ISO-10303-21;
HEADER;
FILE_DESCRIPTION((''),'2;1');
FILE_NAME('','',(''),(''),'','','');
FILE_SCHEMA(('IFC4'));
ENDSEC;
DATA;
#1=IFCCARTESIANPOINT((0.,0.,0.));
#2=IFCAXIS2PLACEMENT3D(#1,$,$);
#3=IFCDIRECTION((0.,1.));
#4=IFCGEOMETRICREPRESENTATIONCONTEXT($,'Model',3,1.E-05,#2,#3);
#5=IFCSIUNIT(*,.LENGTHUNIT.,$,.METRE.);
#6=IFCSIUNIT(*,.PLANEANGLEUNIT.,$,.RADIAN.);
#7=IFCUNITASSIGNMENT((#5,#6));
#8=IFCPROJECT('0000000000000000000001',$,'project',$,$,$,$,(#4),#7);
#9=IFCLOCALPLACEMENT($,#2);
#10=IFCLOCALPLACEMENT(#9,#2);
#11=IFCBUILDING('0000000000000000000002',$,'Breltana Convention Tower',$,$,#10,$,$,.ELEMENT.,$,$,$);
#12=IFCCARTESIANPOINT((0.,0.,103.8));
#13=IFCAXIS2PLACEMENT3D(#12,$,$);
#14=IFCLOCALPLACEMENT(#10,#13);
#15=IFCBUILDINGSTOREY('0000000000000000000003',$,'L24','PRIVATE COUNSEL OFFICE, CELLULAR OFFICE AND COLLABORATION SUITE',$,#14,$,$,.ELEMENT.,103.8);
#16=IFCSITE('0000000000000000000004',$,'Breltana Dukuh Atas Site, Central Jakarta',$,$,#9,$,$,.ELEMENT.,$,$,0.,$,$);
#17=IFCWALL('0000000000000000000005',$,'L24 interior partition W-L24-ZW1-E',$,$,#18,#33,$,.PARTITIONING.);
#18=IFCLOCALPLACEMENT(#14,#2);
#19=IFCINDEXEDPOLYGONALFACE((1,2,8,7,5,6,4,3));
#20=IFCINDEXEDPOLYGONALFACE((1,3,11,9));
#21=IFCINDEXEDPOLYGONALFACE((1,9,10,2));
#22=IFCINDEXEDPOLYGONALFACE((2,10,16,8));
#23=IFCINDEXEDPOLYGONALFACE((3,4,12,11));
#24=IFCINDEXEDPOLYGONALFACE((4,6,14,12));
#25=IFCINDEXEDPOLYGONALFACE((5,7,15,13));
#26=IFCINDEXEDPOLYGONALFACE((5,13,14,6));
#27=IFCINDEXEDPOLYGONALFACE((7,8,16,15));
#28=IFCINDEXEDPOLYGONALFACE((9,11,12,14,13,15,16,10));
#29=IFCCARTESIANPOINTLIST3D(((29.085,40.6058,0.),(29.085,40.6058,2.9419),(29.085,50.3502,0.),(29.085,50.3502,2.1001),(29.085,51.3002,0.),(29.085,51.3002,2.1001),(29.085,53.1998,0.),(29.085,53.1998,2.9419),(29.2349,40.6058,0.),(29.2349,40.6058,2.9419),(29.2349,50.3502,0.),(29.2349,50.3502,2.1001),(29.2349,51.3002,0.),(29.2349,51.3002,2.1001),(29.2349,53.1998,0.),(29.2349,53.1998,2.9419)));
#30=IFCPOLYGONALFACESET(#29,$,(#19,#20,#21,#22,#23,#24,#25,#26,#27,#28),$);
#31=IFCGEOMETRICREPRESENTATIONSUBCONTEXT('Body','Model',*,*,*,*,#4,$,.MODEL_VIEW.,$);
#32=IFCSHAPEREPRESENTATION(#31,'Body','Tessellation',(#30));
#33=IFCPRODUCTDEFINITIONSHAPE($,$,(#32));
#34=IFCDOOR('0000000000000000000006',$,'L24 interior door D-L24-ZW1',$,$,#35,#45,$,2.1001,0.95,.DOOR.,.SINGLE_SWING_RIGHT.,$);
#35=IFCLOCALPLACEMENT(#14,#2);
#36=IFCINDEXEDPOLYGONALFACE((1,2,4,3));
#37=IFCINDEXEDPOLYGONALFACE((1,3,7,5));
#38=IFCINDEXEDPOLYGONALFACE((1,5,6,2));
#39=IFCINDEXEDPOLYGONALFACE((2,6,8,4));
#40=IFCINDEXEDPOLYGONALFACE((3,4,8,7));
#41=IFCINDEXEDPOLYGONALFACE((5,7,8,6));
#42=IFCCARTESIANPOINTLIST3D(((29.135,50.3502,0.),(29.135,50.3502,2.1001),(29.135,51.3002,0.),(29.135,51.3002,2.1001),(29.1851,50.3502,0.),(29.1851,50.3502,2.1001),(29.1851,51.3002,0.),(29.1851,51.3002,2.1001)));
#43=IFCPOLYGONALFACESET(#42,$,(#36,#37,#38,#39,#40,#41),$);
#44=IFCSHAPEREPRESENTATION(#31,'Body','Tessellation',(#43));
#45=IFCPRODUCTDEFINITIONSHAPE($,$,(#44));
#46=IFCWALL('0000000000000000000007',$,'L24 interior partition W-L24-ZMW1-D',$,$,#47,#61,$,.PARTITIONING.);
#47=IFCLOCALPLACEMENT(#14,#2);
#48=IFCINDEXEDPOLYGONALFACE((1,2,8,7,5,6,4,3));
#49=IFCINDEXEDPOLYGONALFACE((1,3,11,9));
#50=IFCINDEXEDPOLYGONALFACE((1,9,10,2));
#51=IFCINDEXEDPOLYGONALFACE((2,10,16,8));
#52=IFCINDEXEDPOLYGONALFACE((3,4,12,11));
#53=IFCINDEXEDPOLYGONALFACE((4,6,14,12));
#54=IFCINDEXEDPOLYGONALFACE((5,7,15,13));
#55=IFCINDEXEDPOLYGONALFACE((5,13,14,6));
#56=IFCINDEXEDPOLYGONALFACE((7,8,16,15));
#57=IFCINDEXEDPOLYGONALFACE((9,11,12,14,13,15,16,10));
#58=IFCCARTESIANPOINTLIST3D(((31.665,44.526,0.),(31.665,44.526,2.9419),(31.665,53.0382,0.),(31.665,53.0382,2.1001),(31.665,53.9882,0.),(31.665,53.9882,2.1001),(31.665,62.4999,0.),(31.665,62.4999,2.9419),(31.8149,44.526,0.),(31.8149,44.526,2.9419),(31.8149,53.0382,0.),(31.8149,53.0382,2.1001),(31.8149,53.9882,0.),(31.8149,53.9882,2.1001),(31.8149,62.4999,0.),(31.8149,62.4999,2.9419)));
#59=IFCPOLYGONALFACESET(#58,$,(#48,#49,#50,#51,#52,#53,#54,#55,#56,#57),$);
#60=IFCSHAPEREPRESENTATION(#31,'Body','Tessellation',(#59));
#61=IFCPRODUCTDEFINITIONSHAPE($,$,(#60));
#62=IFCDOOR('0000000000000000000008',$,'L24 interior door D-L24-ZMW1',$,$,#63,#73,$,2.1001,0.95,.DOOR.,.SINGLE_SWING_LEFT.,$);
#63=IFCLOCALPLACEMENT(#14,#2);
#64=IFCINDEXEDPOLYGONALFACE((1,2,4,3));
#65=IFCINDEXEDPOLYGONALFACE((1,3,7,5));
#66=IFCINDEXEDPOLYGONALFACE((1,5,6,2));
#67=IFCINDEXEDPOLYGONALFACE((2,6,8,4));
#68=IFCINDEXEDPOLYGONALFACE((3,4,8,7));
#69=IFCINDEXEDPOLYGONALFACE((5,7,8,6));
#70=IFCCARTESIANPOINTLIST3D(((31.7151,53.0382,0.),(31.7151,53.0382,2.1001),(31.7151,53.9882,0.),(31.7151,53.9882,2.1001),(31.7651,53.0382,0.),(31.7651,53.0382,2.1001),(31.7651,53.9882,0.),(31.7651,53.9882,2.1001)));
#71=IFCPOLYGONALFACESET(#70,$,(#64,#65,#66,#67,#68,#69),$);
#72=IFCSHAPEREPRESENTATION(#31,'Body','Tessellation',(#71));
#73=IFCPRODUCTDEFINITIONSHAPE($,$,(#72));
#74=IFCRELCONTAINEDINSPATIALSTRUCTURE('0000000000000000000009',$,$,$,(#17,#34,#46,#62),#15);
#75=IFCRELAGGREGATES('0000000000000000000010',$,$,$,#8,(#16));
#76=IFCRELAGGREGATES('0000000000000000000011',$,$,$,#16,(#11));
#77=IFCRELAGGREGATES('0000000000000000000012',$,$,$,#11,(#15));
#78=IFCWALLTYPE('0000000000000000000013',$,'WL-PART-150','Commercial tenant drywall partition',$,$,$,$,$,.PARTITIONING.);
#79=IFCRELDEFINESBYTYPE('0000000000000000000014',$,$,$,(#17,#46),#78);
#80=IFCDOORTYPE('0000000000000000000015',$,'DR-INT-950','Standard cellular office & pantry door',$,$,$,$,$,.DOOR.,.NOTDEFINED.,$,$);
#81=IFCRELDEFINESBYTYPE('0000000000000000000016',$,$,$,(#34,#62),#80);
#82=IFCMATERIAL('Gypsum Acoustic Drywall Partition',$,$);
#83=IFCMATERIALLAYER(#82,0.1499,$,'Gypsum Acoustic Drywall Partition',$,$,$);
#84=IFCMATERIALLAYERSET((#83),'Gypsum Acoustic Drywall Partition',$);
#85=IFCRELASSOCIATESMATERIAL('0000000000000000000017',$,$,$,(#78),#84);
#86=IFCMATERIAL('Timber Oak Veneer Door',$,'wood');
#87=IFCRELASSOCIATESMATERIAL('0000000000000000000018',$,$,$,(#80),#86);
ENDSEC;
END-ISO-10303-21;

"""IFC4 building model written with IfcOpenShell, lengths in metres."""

from ifc_helpers import new_model, si_unit, direction, frame, frame_2d, origin, place, context, subcontext, project, spatial, rectangle, extrude, source, transform, mapped, material, layer, layer_set, type_object, type_shapes, element, fill, save


model = new_model("IFC4")

# Units and contexts
model_context = context("Model", 3, precision=1e-05, world=origin(), true_north=direction((0.0, 1.0)))
body_context = subcontext(model_context, "Body", "Model", "MODEL_VIEW")
ifc_project = project(units=[si_unit("LENGTHUNIT", "METRE"), si_unit("PLANEANGLEUNIT", "RADIAN")], contexts=[model_context])

# Site, building, storey
site_placement = place(None, origin())
site = spatial("IfcSite", under=ifc_project, at=site_placement, Name="Breltana Dukuh Atas Site, Central Jakarta", CompositionType="ELEMENT", RefElevation=0.0)
building_placement = place(site_placement, origin())
building = spatial("IfcBuilding", under=site, at=building_placement, Name="Breltana Convention Tower", CompositionType="ELEMENT")
storey_placement = place(building_placement, frame((0.0, 0.0, 103.8)))
storey = spatial("IfcBuildingStorey", under=building, at=storey_placement, Name="L24", Description="PRIVATE COUNSEL OFFICE, CELLULAR OFFICE AND COLLABORATION SUITE", CompositionType="ELEMENT", Elevation=103.8)

# Walls, openings, doors
ifc_material_1 = material(Name="Gypsum Acoustic Drywall Partition")
ifc_layer_1 = layer(ifc_material_1, 0.1499, Name="Gypsum Acoustic Drywall Partition")
ifc_layer_set_1 = layer_set([ifc_layer_1], Name="Gypsum Acoustic Drywall Partition")
wall_type_1 = type_object("IfcWallType", Name="WL-PART-150", Description="Commercial tenant drywall partition", PredefinedType="PARTITIONING", material=ifc_layer_set_1)
shared_shape_1 = source(origin(), body_context, "Body", "SweptSolid", [
    extrude(rectangle(XDim=12.594, YDim=0.1499, at=frame_2d((6.2969, 0.0))), origin(), (0.0, 0.0, 1.0), 2.9419),
])
wall_1_placement = place(storey_placement, frame((29.1599, 40.606, 0.0), z_axis=(0.0, 0.0, 1.0), x_axis=(0.0, 1.0, 0.0)))
wall_1 = element("IfcWall", 1, at=wall_1_placement, inside=storey, type_object=wall_type_1, Name="L24 interior partition W-L24-ZW1-E", PredefinedType="PARTITIONING", context=body_context, shape_type="MappedRepresentation", body=[
    mapped(shared_shape_1, transform((0.0, 0.0, 0.0), scale=1.0)),
])
opening_1_placement = place(wall_1_placement, frame((9.7441, 0.0, 0.0)))
opening_1 = element("IfcOpeningElement", 2, at=opening_1_placement, cuts=wall_1, PredefinedType="OPENING", context=body_context, shape_type="SweptSolid", body=[
    extrude(rectangle(XDim=0.95, YDim=2.1001, at=frame_2d((0.4751, 1.05))), frame((0.0, 0.085, 0.0), z_axis=(0.0, -1.0, 0.0), x_axis=(1.0, 0.0, 0.0)), (0.0, 0.0, 1.0), 0.1699),
])
ifc_material_2 = material(Name="Timber Oak Veneer Door", Category="wood")
door_type = type_object("IfcDoorType", Name="DR-INT-950", Description="Standard cellular office & pantry door", OperationType="NOTDEFINED", PredefinedType="DOOR", material=ifc_material_2)
shared_shape_2 = source(origin(), body_context, "Body", "SweptSolid", [
    extrude(rectangle(XDim=0.95, YDim=2.1001, at=frame_2d((0.4751, 1.05))), frame((0.0, 0.0249, 0.0), z_axis=(0.0, -1.0, 0.0), x_axis=(1.0, 0.0, 0.0)), (0.0, 0.0, 1.0), 0.05),
])
type_shapes(door_type, [shared_shape_2])
door_1_placement = place(opening_1_placement, origin())
door_1 = element("IfcDoor", 3, at=door_1_placement, inside=storey, type_object=door_type, Name="L24 interior door D-L24-ZW1", OperationType="SINGLE_SWING_RIGHT", OverallHeight=2.1001, OverallWidth=0.95, PredefinedType="DOOR", context=body_context, shape_type="MappedRepresentation", body=[
    mapped(shared_shape_2, transform((0.0, 0.0, 0.0), scale=1.0)),
])
fill(opening_1, door_1)
shared_shape_3 = source(origin(), body_context, "Body", "SweptSolid", [
    extrude(rectangle(XDim=17.9739, YDim=0.1499, at=frame_2d((8.9868, 0.0))), origin(), (0.0, 0.0, 1.0), 2.9419),
])
wall_2_placement = place(storey_placement, frame((31.74, 44.5261, 0.0), z_axis=(0.0, 0.0, 1.0), x_axis=(0.0, 1.0, 0.0)))
wall_2 = element("IfcWall", 4, at=wall_2_placement, inside=storey, type_object=wall_type_1, Name="L24 interior partition W-L24-ZMW1-D", PredefinedType="PARTITIONING", context=body_context, shape_type="MappedRepresentation", body=[
    mapped(shared_shape_3, transform((0.0, 0.0, 0.0), scale=1.0)),
])
opening_2_placement = place(wall_2_placement, frame((8.512, 0.0, 0.0)))
opening_2 = element("IfcOpeningElement", 5, at=opening_2_placement, cuts=wall_2, PredefinedType="OPENING", context=body_context, shape_type="SweptSolid", body=[
    extrude(rectangle(XDim=0.95, YDim=2.1001, at=frame_2d((0.4751, 1.05))), frame((0.0, 0.085, 0.0), z_axis=(0.0, -1.0, 0.0), x_axis=(1.0, 0.0, 0.0)), (0.0, 0.0, 1.0), 0.1699),
])
door_2_placement = place(opening_2_placement, origin())
door_2 = element("IfcDoor", 6, at=door_2_placement, inside=storey, type_object=door_type, Name="L24 interior door D-L24-ZMW1", OperationType="SINGLE_SWING_LEFT", OverallHeight=2.1001, OverallWidth=0.95, PredefinedType="DOOR", context=body_context, shape_type="MappedRepresentation", body=[
    mapped(shared_shape_2, transform((0.0, 0.0, 0.0), scale=1.0)),
])
fill(opening_2, door_2)

save(model, "model.ifc")
